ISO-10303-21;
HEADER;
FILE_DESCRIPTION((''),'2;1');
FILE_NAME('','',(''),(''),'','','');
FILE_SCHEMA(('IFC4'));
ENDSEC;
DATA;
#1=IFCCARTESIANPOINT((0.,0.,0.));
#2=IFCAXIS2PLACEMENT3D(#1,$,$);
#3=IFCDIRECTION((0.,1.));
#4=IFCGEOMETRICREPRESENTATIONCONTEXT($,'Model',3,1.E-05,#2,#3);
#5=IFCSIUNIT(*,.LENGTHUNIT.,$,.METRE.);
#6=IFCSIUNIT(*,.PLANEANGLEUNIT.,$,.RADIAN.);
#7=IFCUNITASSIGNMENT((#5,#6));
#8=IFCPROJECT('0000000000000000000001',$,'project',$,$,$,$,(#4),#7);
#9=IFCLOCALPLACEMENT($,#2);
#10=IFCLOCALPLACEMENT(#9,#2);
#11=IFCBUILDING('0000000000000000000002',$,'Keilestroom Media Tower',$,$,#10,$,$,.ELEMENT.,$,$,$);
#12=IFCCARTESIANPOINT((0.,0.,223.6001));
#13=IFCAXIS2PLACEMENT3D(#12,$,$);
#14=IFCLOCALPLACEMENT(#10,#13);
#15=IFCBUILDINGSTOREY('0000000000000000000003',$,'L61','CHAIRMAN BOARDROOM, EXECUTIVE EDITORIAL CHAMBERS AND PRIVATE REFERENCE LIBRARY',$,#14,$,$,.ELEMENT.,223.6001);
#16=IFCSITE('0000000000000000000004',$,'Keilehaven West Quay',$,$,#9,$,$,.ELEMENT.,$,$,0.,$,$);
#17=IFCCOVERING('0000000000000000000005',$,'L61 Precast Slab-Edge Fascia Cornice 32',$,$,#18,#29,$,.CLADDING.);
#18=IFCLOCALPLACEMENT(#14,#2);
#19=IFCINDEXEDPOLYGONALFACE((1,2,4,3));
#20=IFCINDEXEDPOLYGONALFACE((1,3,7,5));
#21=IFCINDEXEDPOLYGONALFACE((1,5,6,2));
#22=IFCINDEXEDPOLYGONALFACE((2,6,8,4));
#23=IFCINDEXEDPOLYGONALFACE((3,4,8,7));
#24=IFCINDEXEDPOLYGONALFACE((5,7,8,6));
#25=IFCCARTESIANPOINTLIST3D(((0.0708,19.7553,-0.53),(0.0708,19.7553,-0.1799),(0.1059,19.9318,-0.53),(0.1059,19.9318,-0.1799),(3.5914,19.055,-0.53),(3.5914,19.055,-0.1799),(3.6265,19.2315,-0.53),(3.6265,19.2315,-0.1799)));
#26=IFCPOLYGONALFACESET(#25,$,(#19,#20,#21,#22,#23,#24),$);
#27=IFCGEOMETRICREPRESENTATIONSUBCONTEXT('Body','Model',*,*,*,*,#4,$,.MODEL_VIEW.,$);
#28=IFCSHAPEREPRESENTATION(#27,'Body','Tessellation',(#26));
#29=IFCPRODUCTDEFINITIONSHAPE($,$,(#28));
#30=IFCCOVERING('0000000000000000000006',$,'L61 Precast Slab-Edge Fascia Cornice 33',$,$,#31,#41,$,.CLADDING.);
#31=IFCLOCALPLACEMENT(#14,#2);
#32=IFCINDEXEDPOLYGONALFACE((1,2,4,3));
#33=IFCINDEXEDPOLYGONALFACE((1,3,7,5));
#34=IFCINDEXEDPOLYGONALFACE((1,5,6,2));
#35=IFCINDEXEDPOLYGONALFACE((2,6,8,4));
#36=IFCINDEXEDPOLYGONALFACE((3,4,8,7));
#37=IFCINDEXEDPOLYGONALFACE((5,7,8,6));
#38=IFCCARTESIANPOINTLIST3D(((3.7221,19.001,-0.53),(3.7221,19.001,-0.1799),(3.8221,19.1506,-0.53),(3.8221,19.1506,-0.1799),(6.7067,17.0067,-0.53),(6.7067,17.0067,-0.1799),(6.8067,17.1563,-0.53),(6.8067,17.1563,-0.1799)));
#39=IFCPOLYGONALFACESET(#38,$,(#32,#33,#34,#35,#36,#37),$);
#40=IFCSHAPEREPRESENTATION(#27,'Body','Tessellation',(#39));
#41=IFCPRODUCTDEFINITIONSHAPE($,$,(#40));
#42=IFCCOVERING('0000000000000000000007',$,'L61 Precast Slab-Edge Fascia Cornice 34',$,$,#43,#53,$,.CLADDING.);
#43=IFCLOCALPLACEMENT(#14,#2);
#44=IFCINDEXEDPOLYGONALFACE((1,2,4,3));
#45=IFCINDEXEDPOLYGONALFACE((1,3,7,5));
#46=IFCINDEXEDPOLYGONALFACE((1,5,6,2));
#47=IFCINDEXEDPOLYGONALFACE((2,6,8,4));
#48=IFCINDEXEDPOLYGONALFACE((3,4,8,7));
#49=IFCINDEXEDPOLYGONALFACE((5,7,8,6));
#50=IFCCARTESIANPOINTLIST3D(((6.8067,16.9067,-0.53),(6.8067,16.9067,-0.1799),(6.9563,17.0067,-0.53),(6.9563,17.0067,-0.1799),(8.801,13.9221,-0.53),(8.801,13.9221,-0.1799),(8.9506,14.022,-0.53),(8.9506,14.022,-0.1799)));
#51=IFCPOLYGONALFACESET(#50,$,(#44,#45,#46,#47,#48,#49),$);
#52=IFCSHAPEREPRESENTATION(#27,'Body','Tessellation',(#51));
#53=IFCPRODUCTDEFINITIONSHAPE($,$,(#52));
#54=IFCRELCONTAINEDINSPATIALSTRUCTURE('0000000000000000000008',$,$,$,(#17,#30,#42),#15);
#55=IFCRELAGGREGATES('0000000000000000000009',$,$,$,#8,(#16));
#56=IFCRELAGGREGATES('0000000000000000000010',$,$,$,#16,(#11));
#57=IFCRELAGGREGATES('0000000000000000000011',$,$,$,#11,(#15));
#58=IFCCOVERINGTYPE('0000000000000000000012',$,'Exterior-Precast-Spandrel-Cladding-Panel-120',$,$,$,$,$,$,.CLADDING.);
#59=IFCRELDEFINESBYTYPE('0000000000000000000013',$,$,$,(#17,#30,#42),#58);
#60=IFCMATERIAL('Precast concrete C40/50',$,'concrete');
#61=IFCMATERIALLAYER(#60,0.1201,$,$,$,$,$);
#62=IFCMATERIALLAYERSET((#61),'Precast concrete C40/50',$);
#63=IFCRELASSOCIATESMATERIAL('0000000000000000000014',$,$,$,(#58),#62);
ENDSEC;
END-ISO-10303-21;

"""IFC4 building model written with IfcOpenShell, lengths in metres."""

from ifc_helpers import new_model, si_unit, direction, frame, origin, origin_2d, place, context, subcontext, project, spatial, rectangle, extrude, source, transform, mapped, material, layer, layer_set, type_object, element, save


model = new_model("IFC4")

# Units and contexts
model_context = context("Model", 3, precision=1e-05, world=origin(), true_north=direction((0.0, 1.0)))
body_context = subcontext(model_context, "Body", "Model", "MODEL_VIEW")
ifc_project = project(units=[si_unit("LENGTHUNIT", "METRE"), si_unit("PLANEANGLEUNIT", "RADIAN")], contexts=[model_context])

# Site, building, storey
site_placement = place(None, origin())
site = spatial("IfcSite", under=ifc_project, at=site_placement, Name="Keilehaven West Quay", CompositionType="ELEMENT", RefElevation=0.0)
building_placement = place(site_placement, origin())
building = spatial("IfcBuilding", under=site, at=building_placement, Name="Keilestroom Media Tower", CompositionType="ELEMENT")
storey_placement = place(building_placement, frame((0.0, 0.0, 223.6001)))
storey = spatial("IfcBuildingStorey", under=building, at=storey_placement, Name="L61", Description="CHAIRMAN BOARDROOM, EXECUTIVE EDITORIAL CHAMBERS AND PRIVATE REFERENCE LIBRARY", CompositionType="ELEMENT", Elevation=223.6001)

# Shared definitions
ifc_material_1 = material(Name="Precast concrete C40/50", Category="concrete")

# Coverings
ifc_layer_1 = layer(ifc_material_1, 0.1201)
ifc_layer_set_1 = layer_set([ifc_layer_1], Name="Precast concrete C40/50")
covering_type = type_object("IfcCoveringType", Name="Exterior-Precast-Spandrel-Cladding-Panel-120", PredefinedType="CLADDING", material=ifc_layer_set_1)
shared_shape_1 = source(origin(), body_context, "Body", "SweptSolid", [
    extrude(rectangle(XDim=3.5896, YDim=0.1799, at=origin_2d()), origin(), (0.0, 0.0, 1.0), 0.3501),
])
for number, where, z_axis, x_axis, name in (
    (1, (1.8486, 19.4934, -0.53), (0.0, 0.0, 1.0), (0.980784, -0.195099, 0.0), "L61 Precast Slab-Edge Fascia Cornice 32"),
    (2, (5.2644, 18.0786, -0.53), (0.0, 0.0, 1.0), (0.831467, -0.555575, 0.0), "L61 Precast Slab-Edge Fascia Cornice 33"),
    (3, (7.8787, 15.4644, -0.53), (0.0, 0.0, 1.0), (0.555575, -0.831467, 0.0), "L61 Precast Slab-Edge Fascia Cornice 34"),
):
    element("IfcCovering", number, at=place(storey_placement, frame(where, z_axis=z_axis, x_axis=x_axis)), inside=storey, type_object=covering_type, Name=name, PredefinedType="CLADDING", context=body_context, shape_type="MappedRepresentation", body=[
        mapped(shared_shape_1, transform((0.0, 0.0, 0.0), x_axis=(1.0, 0.0, 0.0), y_axis=(0.0, 1.0, 0.0), z_axis=(0.0, 0.0, 1.0), scale=1.0)),
    ])

save(model, "model.ifc")
